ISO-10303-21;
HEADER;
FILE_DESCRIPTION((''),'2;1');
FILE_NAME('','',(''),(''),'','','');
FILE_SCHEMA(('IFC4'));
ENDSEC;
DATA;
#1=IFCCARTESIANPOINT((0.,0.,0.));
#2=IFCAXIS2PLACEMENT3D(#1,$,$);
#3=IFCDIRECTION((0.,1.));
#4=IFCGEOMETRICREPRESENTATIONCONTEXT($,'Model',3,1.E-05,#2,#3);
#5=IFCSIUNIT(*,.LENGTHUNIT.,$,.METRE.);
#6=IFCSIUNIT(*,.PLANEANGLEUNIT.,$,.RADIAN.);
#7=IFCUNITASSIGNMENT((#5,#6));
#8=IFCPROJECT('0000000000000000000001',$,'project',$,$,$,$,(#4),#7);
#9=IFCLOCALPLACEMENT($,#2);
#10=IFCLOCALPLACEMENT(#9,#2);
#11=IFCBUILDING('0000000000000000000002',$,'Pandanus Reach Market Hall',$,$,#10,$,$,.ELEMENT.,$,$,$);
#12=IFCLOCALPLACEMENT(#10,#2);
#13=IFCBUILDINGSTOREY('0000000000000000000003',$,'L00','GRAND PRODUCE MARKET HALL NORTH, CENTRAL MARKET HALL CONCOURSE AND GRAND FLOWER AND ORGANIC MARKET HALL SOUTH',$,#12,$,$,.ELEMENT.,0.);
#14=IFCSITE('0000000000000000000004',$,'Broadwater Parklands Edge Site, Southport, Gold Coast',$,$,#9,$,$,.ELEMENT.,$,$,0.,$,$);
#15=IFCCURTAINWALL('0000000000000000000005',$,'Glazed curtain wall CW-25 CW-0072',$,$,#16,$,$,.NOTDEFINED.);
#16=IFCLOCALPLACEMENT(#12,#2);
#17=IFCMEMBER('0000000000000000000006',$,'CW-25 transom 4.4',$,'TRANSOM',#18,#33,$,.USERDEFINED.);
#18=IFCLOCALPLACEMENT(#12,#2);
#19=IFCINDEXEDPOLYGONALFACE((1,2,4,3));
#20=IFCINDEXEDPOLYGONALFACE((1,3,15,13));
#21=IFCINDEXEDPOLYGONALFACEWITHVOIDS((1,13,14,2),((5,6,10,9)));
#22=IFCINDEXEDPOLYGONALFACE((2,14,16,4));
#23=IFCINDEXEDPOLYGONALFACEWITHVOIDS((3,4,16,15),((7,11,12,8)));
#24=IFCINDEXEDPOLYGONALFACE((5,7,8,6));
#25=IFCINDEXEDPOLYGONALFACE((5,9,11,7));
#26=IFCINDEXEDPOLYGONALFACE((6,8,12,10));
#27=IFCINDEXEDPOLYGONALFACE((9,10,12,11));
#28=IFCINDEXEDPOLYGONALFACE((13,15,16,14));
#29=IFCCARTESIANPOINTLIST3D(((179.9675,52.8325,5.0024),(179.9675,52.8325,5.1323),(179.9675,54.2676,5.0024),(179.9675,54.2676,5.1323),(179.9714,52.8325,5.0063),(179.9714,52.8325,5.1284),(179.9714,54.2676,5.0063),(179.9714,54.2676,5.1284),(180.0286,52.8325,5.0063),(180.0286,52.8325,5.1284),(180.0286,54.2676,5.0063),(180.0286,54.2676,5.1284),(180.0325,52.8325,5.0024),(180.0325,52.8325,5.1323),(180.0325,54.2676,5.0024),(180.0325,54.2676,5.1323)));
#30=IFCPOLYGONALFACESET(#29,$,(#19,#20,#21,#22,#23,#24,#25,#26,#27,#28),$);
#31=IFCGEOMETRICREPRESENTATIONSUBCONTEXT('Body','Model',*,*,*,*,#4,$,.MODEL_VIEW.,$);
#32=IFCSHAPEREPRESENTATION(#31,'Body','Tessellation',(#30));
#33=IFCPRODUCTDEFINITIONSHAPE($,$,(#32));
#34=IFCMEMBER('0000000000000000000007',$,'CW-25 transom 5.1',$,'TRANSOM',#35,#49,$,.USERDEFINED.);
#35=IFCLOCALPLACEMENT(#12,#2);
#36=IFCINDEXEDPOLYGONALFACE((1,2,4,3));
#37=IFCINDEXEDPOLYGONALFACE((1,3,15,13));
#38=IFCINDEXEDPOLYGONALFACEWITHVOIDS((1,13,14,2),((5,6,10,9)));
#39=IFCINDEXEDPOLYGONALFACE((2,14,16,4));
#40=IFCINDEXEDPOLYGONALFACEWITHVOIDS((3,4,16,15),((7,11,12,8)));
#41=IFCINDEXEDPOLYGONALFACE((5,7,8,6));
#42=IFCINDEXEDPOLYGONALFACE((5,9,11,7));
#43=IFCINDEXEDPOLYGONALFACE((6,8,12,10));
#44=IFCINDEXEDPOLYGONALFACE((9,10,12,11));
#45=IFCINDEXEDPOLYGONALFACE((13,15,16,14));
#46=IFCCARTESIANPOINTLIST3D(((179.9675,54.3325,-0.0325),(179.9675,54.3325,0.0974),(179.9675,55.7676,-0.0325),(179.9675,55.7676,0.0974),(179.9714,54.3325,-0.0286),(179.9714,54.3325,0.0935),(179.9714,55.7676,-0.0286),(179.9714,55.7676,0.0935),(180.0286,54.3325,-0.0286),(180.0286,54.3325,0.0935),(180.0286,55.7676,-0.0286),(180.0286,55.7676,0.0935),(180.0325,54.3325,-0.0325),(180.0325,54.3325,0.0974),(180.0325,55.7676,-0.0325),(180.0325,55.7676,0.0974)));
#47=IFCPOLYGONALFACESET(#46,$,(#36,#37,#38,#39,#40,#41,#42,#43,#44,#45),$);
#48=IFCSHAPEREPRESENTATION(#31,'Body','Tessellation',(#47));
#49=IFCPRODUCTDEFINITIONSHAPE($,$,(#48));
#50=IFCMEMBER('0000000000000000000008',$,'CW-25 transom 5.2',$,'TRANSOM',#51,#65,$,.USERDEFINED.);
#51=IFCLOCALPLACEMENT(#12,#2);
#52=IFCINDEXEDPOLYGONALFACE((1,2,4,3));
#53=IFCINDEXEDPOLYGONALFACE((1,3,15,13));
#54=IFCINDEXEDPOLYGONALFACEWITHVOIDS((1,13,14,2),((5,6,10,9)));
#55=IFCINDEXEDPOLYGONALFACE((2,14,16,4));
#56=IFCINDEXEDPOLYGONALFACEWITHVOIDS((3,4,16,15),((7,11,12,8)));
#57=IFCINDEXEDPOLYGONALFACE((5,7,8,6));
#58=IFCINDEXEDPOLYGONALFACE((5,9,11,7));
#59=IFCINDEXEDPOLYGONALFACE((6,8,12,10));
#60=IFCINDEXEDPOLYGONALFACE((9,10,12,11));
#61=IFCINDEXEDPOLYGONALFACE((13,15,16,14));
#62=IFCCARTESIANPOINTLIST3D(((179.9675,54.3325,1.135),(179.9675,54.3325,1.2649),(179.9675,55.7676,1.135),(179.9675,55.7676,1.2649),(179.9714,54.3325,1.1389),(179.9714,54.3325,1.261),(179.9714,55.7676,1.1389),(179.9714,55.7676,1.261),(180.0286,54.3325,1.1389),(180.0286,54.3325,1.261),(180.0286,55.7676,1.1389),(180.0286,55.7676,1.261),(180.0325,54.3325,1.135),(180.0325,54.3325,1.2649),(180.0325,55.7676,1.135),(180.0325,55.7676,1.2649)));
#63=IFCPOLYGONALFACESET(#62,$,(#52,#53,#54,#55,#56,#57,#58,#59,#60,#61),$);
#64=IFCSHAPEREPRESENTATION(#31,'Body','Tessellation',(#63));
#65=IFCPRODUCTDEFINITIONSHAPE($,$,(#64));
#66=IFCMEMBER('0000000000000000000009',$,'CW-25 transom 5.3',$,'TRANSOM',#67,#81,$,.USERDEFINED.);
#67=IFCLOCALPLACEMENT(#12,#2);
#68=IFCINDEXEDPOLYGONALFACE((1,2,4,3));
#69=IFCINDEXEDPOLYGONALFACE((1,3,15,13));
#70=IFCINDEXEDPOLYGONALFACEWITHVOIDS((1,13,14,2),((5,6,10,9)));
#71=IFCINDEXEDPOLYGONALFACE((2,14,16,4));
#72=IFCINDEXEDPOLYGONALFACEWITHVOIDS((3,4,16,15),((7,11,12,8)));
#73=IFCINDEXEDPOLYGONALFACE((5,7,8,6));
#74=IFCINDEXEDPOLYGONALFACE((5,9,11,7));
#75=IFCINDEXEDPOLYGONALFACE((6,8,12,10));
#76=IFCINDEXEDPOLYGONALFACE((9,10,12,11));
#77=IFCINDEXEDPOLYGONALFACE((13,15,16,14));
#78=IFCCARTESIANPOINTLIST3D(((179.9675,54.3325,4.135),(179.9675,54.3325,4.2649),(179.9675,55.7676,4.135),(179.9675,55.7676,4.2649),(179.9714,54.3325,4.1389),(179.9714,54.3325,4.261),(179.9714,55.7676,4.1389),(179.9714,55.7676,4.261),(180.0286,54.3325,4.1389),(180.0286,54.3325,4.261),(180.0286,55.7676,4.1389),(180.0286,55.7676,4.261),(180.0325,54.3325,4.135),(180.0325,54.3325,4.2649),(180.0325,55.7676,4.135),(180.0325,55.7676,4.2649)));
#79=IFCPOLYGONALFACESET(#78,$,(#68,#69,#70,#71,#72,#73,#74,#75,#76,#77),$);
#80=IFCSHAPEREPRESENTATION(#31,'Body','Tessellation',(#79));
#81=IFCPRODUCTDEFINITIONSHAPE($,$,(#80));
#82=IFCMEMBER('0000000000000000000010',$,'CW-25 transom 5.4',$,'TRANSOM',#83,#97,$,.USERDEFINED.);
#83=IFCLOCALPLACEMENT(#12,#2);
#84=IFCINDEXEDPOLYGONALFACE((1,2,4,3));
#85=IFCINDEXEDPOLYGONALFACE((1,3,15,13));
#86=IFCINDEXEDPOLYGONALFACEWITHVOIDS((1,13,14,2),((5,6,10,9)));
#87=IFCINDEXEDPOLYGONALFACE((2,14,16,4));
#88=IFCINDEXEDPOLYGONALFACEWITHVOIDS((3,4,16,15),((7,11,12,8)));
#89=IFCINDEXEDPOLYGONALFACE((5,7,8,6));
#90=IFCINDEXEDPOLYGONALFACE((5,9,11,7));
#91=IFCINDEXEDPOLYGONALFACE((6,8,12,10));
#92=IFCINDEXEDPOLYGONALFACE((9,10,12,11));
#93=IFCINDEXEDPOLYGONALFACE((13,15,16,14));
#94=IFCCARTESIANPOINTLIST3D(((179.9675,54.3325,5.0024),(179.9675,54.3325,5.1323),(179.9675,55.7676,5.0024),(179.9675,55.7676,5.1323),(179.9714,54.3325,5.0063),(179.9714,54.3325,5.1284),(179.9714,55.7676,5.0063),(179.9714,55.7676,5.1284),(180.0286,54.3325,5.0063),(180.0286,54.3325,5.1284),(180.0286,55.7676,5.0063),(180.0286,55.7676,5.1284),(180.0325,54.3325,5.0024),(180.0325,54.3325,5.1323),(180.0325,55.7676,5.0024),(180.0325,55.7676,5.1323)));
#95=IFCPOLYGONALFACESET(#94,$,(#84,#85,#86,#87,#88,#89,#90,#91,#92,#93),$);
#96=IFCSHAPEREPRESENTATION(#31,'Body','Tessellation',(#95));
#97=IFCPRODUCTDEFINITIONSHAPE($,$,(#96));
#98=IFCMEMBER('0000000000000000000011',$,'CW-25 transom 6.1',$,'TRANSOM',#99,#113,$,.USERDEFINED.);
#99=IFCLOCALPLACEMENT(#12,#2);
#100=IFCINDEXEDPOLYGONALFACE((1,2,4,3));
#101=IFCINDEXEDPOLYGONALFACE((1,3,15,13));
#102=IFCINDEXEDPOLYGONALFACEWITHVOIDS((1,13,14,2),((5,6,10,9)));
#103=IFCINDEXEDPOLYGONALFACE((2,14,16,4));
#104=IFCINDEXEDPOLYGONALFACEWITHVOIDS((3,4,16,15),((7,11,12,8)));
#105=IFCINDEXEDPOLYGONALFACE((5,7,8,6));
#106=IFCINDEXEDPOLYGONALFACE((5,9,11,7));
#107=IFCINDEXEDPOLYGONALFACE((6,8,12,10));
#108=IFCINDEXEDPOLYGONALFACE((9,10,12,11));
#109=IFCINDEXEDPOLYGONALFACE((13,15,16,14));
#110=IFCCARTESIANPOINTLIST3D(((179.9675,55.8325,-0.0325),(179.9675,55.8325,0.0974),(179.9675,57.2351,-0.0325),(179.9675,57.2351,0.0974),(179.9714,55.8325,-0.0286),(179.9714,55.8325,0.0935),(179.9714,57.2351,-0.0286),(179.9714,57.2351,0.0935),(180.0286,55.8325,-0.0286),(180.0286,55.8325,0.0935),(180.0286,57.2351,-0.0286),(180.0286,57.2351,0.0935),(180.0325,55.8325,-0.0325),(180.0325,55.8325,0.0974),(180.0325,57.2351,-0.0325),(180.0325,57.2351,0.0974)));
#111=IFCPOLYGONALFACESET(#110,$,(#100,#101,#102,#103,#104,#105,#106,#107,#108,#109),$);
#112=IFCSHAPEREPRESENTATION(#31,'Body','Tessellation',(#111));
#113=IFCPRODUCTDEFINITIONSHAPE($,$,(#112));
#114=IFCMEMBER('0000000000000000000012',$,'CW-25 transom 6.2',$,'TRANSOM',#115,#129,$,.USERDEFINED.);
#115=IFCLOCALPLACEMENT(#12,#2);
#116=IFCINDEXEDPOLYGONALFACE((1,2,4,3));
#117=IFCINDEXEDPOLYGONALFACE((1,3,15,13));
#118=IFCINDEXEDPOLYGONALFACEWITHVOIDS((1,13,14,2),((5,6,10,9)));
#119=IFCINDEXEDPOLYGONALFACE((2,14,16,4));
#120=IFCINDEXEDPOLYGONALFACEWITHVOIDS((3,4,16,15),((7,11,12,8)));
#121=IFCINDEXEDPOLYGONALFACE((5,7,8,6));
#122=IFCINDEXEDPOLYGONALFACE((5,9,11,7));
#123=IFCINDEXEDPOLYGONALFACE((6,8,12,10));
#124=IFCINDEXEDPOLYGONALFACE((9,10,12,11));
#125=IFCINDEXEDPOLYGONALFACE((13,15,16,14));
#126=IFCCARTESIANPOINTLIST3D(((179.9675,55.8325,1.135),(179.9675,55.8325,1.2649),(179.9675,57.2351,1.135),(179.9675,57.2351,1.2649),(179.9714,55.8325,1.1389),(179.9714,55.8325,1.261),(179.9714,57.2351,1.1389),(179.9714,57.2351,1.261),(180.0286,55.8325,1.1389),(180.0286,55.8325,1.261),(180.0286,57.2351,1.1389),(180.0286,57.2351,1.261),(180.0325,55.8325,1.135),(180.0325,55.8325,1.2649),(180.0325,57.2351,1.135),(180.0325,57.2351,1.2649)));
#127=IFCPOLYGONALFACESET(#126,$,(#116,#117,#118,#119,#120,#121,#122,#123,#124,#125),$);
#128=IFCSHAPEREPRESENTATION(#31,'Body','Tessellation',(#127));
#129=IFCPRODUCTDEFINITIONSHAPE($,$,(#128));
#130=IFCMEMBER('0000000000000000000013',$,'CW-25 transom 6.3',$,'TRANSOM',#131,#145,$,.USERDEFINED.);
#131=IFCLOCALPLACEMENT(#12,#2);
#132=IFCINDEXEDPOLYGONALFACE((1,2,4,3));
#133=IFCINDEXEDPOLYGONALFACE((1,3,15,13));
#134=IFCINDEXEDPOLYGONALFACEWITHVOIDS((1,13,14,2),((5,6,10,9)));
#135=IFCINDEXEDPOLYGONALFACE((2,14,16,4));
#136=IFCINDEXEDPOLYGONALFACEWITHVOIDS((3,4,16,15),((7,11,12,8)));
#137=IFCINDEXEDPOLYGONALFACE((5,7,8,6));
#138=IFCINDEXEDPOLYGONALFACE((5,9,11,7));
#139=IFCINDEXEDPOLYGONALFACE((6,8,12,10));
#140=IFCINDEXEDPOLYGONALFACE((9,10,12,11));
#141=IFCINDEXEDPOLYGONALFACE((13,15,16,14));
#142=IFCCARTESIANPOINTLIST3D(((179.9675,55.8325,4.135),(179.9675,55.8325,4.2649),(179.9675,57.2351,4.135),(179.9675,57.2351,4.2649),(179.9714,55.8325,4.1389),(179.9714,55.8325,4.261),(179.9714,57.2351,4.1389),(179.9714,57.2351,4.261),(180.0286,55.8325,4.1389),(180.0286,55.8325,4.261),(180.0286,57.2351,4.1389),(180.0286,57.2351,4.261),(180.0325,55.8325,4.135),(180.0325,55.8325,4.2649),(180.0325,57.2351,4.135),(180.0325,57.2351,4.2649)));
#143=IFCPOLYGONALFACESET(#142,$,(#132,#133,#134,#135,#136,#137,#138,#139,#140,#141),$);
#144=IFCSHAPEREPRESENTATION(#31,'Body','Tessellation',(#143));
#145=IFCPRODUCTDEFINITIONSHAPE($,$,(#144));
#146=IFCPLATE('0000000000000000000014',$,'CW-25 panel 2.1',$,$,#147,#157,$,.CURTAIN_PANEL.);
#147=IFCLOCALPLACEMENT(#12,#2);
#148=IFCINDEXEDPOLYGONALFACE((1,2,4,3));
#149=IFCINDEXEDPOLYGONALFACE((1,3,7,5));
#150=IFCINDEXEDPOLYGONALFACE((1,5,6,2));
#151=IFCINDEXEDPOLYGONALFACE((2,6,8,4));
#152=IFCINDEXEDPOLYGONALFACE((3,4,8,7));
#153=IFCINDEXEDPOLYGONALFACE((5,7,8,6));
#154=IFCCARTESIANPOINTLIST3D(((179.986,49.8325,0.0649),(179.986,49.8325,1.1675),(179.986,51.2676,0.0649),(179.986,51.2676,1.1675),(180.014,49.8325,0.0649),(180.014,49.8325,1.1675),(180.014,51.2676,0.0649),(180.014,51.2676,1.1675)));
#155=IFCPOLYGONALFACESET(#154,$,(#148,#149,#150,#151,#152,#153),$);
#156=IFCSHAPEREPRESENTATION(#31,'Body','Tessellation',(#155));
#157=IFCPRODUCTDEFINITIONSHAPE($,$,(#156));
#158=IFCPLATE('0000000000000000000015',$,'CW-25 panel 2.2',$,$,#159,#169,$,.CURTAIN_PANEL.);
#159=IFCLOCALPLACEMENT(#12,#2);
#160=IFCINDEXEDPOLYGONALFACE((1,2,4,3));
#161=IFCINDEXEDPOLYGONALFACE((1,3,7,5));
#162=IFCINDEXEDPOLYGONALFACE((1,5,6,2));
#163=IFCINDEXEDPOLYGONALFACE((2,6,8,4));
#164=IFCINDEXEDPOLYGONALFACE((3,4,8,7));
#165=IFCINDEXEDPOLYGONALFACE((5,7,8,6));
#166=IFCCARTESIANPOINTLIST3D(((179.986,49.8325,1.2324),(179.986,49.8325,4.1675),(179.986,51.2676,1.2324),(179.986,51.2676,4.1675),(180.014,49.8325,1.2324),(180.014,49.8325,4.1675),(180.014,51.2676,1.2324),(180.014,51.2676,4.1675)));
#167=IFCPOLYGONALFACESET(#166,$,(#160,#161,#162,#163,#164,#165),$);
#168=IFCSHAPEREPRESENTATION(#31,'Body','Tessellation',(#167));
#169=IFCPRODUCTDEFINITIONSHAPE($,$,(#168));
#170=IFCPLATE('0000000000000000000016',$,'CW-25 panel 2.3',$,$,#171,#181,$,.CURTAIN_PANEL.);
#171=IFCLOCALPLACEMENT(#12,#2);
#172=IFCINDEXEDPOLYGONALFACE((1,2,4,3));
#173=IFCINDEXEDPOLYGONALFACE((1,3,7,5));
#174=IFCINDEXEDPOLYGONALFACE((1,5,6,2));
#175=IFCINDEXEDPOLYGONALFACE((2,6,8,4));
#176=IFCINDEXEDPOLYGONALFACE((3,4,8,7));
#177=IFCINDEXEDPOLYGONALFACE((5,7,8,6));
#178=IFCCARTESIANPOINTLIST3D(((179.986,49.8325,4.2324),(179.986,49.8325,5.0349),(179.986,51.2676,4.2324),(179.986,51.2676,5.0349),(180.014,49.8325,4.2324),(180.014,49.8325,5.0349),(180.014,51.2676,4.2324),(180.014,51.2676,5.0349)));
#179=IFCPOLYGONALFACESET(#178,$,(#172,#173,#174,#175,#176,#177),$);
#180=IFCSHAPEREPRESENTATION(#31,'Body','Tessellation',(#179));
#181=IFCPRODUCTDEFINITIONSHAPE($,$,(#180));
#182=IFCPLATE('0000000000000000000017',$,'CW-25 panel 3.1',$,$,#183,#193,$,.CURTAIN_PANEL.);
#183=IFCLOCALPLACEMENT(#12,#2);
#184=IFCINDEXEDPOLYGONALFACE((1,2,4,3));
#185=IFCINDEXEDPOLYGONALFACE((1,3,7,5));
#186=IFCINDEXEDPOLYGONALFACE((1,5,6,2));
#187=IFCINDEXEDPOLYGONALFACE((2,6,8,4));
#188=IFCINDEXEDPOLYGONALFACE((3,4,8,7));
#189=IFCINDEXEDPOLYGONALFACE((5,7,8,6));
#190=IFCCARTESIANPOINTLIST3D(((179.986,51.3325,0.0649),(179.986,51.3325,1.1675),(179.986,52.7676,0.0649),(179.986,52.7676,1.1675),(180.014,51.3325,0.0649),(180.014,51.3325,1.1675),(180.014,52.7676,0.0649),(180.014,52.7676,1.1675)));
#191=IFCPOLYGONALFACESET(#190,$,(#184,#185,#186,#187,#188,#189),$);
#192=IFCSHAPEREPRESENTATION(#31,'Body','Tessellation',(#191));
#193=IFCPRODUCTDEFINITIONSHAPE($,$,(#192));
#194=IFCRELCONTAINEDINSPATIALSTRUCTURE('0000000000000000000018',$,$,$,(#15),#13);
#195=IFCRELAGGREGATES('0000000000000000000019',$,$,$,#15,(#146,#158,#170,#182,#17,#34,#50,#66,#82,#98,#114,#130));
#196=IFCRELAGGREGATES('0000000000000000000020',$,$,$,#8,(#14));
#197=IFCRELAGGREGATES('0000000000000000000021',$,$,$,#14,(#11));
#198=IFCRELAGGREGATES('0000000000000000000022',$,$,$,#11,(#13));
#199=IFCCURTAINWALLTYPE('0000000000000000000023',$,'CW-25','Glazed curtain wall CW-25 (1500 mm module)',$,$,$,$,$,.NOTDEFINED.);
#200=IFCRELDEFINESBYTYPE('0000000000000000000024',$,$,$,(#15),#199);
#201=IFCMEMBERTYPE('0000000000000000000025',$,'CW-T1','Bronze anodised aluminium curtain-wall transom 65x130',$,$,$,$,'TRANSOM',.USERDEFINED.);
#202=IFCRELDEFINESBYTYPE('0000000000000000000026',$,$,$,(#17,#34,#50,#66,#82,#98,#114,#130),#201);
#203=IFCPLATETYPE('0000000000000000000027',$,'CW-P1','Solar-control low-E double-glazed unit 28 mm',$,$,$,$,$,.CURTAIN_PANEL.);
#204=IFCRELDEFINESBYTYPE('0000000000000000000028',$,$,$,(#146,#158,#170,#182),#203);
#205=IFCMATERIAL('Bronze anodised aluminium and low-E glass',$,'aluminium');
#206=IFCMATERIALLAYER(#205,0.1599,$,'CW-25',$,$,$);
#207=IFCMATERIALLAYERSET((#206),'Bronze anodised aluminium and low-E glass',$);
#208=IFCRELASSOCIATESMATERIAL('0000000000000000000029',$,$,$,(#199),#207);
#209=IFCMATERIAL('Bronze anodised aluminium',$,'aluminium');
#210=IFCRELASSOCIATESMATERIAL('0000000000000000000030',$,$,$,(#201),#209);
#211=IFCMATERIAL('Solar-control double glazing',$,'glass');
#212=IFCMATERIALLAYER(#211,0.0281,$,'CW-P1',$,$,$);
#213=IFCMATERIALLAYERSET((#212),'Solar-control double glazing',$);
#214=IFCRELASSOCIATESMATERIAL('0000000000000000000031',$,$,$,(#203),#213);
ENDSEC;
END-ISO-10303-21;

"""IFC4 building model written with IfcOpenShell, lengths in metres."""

from ifc_helpers import new_model, si_unit, direction, frame, origin, origin_2d, place, context, subcontext, project, spatial, rectangle, hollow_rectangle, extrude, material, layer, layer_set, material_profile, profile_set, type_object, element, aggregate, save


model = new_model("IFC4")

# Units and contexts
model_context = context("Model", 3, precision=1e-05, world=origin(), true_north=direction((0.0, 1.0)))
body_context = subcontext(model_context, "Body", "Model", "MODEL_VIEW")
ifc_project = project(units=[si_unit("LENGTHUNIT", "METRE"), si_unit("PLANEANGLEUNIT", "RADIAN")], contexts=[model_context])

# Site, building, storey
site_placement = place(None, origin())
site = spatial("IfcSite", under=ifc_project, at=site_placement, Name="Broadwater Parklands Edge Site, Southport, Gold Coast", CompositionType="ELEMENT", RefElevation=0.0)
building_placement = place(site_placement, origin())
building = spatial("IfcBuilding", under=site, at=building_placement, Name="Pandanus Reach Market Hall", CompositionType="ELEMENT")
storey_placement = place(building_placement, origin())
storey = spatial("IfcBuildingStorey", under=building, at=storey_placement, Name="L00", Description="GRAND PRODUCE MARKET HALL NORTH, CENTRAL MARKET HALL CONCOURSE AND GRAND FLOWER AND ORGANIC MARKET HALL SOUTH", CompositionType="ELEMENT", Elevation=0.0)

# Curtain wall, members, plates
ifc_material_1 = material(Name="Bronze anodised aluminium and low-E glass", Category="aluminium")
ifc_layer_1 = layer(ifc_material_1, 0.1599, Name="CW-25")
ifc_layer_set_1 = layer_set([ifc_layer_1], Name="Bronze anodised aluminium and low-E glass")
curtain_wall_type = type_object("IfcCurtainWallType", Name="CW-25", Description="Glazed curtain wall CW-25 (1500 mm module)", PredefinedType="NOTDEFINED", material=ifc_layer_set_1)
curtain_wall_placement = place(storey_placement, origin())
curtain_wall = element("IfcCurtainWall", 1, at=curtain_wall_placement, inside=storey, type_object=curtain_wall_type, Name="Glazed curtain wall CW-25 CW-0072", PredefinedType="NOTDEFINED")
ifc_material_2 = material(Name="Bronze anodised aluminium", Category="aluminium")
ifc_material_profile_1 = material_profile(ifc_material_2, hollow_rectangle(XDim=0.0649, YDim=0.1299, WallThickness=0.0039, at=origin_2d()), Name="ALU65x130", Category="LoadBearing")
ifc_profile_set_1 = profile_set([ifc_material_profile_1], Name="Bronze anodised aluminium")
member_type_1 = type_object("IfcMemberType", Name="CW-T1", Description="Bronze anodised aluminium curtain-wall transom 65x130", ElementType="TRANSOM", PredefinedType="USERDEFINED", material=ifc_profile_set_1)
member_1_placement = place(storey_placement, frame((180.0, 52.8325, 5.0674), z_axis=(0.0, 1.0, 0.0), x_axis=(-1.0, 0.0, 0.0)))
member_1 = element("IfcMember", 2, at=member_1_placement, type_object=member_type_1, Name="CW-25 transom 4.4", ObjectType="TRANSOM", PredefinedType="USERDEFINED", context=body_context, shape_type="SweptSolid", body=[
    extrude(hollow_rectangle(XDim=0.0649, YDim=0.1299, WallThickness=0.0039, at=origin_2d()), origin(), (0.0, 0.0, 1.0), 1.4351),
])
member_2_placement = place(storey_placement, frame((180.0, 54.3325, 0.0325), z_axis=(0.0, 1.0, 0.0), x_axis=(-1.0, 0.0, 0.0)))
member_2 = element("IfcMember", 3, at=member_2_placement, type_object=member_type_1, Name="CW-25 transom 5.1", ObjectType="TRANSOM", PredefinedType="USERDEFINED", context=body_context, shape_type="SweptSolid", body=[
    extrude(hollow_rectangle(XDim=0.0649, YDim=0.1299, WallThickness=0.0039, at=origin_2d()), origin(), (0.0, 0.0, 1.0), 1.4351),
])
member_3_placement = place(storey_placement, frame((180.0, 54.3325, 1.2), z_axis=(0.0, 1.0, 0.0), x_axis=(-1.0, 0.0, 0.0)))
member_3 = element("IfcMember", 4, at=member_3_placement, type_object=member_type_1, Name="CW-25 transom 5.2", ObjectType="TRANSOM", PredefinedType="USERDEFINED", context=body_context, shape_type="SweptSolid", body=[
    extrude(hollow_rectangle(XDim=0.0649, YDim=0.1299, WallThickness=0.0039, at=origin_2d()), origin(), (0.0, 0.0, 1.0), 1.4351),
])
member_4_placement = place(storey_placement, frame((180.0, 54.3325, 4.2), z_axis=(0.0, 1.0, 0.0), x_axis=(-1.0, 0.0, 0.0)))
member_4 = element("IfcMember", 5, at=member_4_placement, type_object=member_type_1, Name="CW-25 transom 5.3", ObjectType="TRANSOM", PredefinedType="USERDEFINED", context=body_context, shape_type="SweptSolid", body=[
    extrude(hollow_rectangle(XDim=0.0649, YDim=0.1299, WallThickness=0.0039, at=origin_2d()), origin(), (0.0, 0.0, 1.0), 1.4351),
])
member_5_placement = place(storey_placement, frame((180.0, 54.3325, 5.0674), z_axis=(0.0, 1.0, 0.0), x_axis=(-1.0, 0.0, 0.0)))
member_5 = element("IfcMember", 6, at=member_5_placement, type_object=member_type_1, Name="CW-25 transom 5.4", ObjectType="TRANSOM", PredefinedType="USERDEFINED", context=body_context, shape_type="SweptSolid", body=[
    extrude(hollow_rectangle(XDim=0.0649, YDim=0.1299, WallThickness=0.0039, at=origin_2d()), origin(), (0.0, 0.0, 1.0), 1.4351),
])
member_6_placement = place(storey_placement, frame((180.0, 55.8325, 0.0325), z_axis=(0.0, 1.0, 0.0), x_axis=(-1.0, 0.0, 0.0)))
member_6 = element("IfcMember", 7, at=member_6_placement, type_object=member_type_1, Name="CW-25 transom 6.1", ObjectType="TRANSOM", PredefinedType="USERDEFINED", context=body_context, shape_type="SweptSolid", body=[
    extrude(hollow_rectangle(XDim=0.0649, YDim=0.1299, WallThickness=0.0039, at=origin_2d()), origin(), (0.0, 0.0, 1.0), 1.4026),
])
member_7_placement = place(storey_placement, frame((180.0, 55.8325, 1.2), z_axis=(0.0, 1.0, 0.0), x_axis=(-1.0, 0.0, 0.0)))
member_7 = element("IfcMember", 8, at=member_7_placement, type_object=member_type_1, Name="CW-25 transom 6.2", ObjectType="TRANSOM", PredefinedType="USERDEFINED", context=body_context, shape_type="SweptSolid", body=[
    extrude(hollow_rectangle(XDim=0.0649, YDim=0.1299, WallThickness=0.0039, at=origin_2d()), origin(), (0.0, 0.0, 1.0), 1.4026),
])
member_8_placement = place(storey_placement, frame((180.0, 55.8325, 4.2), z_axis=(0.0, 1.0, 0.0), x_axis=(-1.0, 0.0, 0.0)))
member_8 = element("IfcMember", 9, at=member_8_placement, type_object=member_type_1, Name="CW-25 transom 6.3", ObjectType="TRANSOM", PredefinedType="USERDEFINED", context=body_context, shape_type="SweptSolid", body=[
    extrude(hollow_rectangle(XDim=0.0649, YDim=0.1299, WallThickness=0.0039, at=origin_2d()), origin(), (0.0, 0.0, 1.0), 1.4026),
])
ifc_material_3 = material(Name="Solar-control double glazing", Category="glass")
ifc_layer_2 = layer(ifc_material_3, 0.0281, Name="CW-P1")
ifc_layer_set_2 = layer_set([ifc_layer_2], Name="Solar-control double glazing")
plate_type = type_object("IfcPlateType", Name="CW-P1", Description="Solar-control low-E double-glazed unit 28 mm", PredefinedType="CURTAIN_PANEL", material=ifc_layer_set_2)
plate_1_placement = place(storey_placement, frame((180.0, 50.55, 0.0649), z_axis=(0.0, 0.0, 1.0), x_axis=(0.0, 1.0, 0.0)))
plate_1 = element("IfcPlate", 10, at=plate_1_placement, type_object=plate_type, Name="CW-25 panel 2.1", PredefinedType="CURTAIN_PANEL", context=body_context, shape_type="SweptSolid", body=[
    extrude(rectangle(XDim=1.4351, YDim=0.0281, at=origin_2d()), origin(), (0.0, 0.0, 1.0), 1.1025),
])
plate_2_placement = place(storey_placement, frame((180.0, 50.55, 1.2324), z_axis=(0.0, 0.0, 1.0), x_axis=(0.0, 1.0, 0.0)))
plate_2 = element("IfcPlate", 11, at=plate_2_placement, type_object=plate_type, Name="CW-25 panel 2.2", PredefinedType="CURTAIN_PANEL", context=body_context, shape_type="SweptSolid", body=[
    extrude(rectangle(XDim=1.4351, YDim=0.0281, at=origin_2d()), origin(), (0.0, 0.0, 1.0), 2.9351),
])
plate_3_placement = place(storey_placement, frame((180.0, 50.55, 4.2324), z_axis=(0.0, 0.0, 1.0), x_axis=(0.0, 1.0, 0.0)))
plate_3 = element("IfcPlate", 12, at=plate_3_placement, type_object=plate_type, Name="CW-25 panel 2.3", PredefinedType="CURTAIN_PANEL", context=body_context, shape_type="SweptSolid", body=[
    extrude(rectangle(XDim=1.4351, YDim=0.0281, at=origin_2d()), origin(), (0.0, 0.0, 1.0), 0.8025),
])
plate_4_placement = place(storey_placement, frame((180.0, 52.05, 0.0649), z_axis=(0.0, 0.0, 1.0), x_axis=(0.0, 1.0, 0.0)))
plate_4 = element("IfcPlate", 13, at=plate_4_placement, type_object=plate_type, Name="CW-25 panel 3.1", PredefinedType="CURTAIN_PANEL", context=body_context, shape_type="SweptSolid", body=[
    extrude(rectangle(XDim=1.4351, YDim=0.0281, at=origin_2d()), origin(), (0.0, 0.0, 1.0), 1.1025),
])
aggregate(curtain_wall, [plate_1, plate_2, plate_3, plate_4, member_1, member_2, member_3, member_4, member_5, member_6, member_7, member_8])

save(model, "model.ifc")
